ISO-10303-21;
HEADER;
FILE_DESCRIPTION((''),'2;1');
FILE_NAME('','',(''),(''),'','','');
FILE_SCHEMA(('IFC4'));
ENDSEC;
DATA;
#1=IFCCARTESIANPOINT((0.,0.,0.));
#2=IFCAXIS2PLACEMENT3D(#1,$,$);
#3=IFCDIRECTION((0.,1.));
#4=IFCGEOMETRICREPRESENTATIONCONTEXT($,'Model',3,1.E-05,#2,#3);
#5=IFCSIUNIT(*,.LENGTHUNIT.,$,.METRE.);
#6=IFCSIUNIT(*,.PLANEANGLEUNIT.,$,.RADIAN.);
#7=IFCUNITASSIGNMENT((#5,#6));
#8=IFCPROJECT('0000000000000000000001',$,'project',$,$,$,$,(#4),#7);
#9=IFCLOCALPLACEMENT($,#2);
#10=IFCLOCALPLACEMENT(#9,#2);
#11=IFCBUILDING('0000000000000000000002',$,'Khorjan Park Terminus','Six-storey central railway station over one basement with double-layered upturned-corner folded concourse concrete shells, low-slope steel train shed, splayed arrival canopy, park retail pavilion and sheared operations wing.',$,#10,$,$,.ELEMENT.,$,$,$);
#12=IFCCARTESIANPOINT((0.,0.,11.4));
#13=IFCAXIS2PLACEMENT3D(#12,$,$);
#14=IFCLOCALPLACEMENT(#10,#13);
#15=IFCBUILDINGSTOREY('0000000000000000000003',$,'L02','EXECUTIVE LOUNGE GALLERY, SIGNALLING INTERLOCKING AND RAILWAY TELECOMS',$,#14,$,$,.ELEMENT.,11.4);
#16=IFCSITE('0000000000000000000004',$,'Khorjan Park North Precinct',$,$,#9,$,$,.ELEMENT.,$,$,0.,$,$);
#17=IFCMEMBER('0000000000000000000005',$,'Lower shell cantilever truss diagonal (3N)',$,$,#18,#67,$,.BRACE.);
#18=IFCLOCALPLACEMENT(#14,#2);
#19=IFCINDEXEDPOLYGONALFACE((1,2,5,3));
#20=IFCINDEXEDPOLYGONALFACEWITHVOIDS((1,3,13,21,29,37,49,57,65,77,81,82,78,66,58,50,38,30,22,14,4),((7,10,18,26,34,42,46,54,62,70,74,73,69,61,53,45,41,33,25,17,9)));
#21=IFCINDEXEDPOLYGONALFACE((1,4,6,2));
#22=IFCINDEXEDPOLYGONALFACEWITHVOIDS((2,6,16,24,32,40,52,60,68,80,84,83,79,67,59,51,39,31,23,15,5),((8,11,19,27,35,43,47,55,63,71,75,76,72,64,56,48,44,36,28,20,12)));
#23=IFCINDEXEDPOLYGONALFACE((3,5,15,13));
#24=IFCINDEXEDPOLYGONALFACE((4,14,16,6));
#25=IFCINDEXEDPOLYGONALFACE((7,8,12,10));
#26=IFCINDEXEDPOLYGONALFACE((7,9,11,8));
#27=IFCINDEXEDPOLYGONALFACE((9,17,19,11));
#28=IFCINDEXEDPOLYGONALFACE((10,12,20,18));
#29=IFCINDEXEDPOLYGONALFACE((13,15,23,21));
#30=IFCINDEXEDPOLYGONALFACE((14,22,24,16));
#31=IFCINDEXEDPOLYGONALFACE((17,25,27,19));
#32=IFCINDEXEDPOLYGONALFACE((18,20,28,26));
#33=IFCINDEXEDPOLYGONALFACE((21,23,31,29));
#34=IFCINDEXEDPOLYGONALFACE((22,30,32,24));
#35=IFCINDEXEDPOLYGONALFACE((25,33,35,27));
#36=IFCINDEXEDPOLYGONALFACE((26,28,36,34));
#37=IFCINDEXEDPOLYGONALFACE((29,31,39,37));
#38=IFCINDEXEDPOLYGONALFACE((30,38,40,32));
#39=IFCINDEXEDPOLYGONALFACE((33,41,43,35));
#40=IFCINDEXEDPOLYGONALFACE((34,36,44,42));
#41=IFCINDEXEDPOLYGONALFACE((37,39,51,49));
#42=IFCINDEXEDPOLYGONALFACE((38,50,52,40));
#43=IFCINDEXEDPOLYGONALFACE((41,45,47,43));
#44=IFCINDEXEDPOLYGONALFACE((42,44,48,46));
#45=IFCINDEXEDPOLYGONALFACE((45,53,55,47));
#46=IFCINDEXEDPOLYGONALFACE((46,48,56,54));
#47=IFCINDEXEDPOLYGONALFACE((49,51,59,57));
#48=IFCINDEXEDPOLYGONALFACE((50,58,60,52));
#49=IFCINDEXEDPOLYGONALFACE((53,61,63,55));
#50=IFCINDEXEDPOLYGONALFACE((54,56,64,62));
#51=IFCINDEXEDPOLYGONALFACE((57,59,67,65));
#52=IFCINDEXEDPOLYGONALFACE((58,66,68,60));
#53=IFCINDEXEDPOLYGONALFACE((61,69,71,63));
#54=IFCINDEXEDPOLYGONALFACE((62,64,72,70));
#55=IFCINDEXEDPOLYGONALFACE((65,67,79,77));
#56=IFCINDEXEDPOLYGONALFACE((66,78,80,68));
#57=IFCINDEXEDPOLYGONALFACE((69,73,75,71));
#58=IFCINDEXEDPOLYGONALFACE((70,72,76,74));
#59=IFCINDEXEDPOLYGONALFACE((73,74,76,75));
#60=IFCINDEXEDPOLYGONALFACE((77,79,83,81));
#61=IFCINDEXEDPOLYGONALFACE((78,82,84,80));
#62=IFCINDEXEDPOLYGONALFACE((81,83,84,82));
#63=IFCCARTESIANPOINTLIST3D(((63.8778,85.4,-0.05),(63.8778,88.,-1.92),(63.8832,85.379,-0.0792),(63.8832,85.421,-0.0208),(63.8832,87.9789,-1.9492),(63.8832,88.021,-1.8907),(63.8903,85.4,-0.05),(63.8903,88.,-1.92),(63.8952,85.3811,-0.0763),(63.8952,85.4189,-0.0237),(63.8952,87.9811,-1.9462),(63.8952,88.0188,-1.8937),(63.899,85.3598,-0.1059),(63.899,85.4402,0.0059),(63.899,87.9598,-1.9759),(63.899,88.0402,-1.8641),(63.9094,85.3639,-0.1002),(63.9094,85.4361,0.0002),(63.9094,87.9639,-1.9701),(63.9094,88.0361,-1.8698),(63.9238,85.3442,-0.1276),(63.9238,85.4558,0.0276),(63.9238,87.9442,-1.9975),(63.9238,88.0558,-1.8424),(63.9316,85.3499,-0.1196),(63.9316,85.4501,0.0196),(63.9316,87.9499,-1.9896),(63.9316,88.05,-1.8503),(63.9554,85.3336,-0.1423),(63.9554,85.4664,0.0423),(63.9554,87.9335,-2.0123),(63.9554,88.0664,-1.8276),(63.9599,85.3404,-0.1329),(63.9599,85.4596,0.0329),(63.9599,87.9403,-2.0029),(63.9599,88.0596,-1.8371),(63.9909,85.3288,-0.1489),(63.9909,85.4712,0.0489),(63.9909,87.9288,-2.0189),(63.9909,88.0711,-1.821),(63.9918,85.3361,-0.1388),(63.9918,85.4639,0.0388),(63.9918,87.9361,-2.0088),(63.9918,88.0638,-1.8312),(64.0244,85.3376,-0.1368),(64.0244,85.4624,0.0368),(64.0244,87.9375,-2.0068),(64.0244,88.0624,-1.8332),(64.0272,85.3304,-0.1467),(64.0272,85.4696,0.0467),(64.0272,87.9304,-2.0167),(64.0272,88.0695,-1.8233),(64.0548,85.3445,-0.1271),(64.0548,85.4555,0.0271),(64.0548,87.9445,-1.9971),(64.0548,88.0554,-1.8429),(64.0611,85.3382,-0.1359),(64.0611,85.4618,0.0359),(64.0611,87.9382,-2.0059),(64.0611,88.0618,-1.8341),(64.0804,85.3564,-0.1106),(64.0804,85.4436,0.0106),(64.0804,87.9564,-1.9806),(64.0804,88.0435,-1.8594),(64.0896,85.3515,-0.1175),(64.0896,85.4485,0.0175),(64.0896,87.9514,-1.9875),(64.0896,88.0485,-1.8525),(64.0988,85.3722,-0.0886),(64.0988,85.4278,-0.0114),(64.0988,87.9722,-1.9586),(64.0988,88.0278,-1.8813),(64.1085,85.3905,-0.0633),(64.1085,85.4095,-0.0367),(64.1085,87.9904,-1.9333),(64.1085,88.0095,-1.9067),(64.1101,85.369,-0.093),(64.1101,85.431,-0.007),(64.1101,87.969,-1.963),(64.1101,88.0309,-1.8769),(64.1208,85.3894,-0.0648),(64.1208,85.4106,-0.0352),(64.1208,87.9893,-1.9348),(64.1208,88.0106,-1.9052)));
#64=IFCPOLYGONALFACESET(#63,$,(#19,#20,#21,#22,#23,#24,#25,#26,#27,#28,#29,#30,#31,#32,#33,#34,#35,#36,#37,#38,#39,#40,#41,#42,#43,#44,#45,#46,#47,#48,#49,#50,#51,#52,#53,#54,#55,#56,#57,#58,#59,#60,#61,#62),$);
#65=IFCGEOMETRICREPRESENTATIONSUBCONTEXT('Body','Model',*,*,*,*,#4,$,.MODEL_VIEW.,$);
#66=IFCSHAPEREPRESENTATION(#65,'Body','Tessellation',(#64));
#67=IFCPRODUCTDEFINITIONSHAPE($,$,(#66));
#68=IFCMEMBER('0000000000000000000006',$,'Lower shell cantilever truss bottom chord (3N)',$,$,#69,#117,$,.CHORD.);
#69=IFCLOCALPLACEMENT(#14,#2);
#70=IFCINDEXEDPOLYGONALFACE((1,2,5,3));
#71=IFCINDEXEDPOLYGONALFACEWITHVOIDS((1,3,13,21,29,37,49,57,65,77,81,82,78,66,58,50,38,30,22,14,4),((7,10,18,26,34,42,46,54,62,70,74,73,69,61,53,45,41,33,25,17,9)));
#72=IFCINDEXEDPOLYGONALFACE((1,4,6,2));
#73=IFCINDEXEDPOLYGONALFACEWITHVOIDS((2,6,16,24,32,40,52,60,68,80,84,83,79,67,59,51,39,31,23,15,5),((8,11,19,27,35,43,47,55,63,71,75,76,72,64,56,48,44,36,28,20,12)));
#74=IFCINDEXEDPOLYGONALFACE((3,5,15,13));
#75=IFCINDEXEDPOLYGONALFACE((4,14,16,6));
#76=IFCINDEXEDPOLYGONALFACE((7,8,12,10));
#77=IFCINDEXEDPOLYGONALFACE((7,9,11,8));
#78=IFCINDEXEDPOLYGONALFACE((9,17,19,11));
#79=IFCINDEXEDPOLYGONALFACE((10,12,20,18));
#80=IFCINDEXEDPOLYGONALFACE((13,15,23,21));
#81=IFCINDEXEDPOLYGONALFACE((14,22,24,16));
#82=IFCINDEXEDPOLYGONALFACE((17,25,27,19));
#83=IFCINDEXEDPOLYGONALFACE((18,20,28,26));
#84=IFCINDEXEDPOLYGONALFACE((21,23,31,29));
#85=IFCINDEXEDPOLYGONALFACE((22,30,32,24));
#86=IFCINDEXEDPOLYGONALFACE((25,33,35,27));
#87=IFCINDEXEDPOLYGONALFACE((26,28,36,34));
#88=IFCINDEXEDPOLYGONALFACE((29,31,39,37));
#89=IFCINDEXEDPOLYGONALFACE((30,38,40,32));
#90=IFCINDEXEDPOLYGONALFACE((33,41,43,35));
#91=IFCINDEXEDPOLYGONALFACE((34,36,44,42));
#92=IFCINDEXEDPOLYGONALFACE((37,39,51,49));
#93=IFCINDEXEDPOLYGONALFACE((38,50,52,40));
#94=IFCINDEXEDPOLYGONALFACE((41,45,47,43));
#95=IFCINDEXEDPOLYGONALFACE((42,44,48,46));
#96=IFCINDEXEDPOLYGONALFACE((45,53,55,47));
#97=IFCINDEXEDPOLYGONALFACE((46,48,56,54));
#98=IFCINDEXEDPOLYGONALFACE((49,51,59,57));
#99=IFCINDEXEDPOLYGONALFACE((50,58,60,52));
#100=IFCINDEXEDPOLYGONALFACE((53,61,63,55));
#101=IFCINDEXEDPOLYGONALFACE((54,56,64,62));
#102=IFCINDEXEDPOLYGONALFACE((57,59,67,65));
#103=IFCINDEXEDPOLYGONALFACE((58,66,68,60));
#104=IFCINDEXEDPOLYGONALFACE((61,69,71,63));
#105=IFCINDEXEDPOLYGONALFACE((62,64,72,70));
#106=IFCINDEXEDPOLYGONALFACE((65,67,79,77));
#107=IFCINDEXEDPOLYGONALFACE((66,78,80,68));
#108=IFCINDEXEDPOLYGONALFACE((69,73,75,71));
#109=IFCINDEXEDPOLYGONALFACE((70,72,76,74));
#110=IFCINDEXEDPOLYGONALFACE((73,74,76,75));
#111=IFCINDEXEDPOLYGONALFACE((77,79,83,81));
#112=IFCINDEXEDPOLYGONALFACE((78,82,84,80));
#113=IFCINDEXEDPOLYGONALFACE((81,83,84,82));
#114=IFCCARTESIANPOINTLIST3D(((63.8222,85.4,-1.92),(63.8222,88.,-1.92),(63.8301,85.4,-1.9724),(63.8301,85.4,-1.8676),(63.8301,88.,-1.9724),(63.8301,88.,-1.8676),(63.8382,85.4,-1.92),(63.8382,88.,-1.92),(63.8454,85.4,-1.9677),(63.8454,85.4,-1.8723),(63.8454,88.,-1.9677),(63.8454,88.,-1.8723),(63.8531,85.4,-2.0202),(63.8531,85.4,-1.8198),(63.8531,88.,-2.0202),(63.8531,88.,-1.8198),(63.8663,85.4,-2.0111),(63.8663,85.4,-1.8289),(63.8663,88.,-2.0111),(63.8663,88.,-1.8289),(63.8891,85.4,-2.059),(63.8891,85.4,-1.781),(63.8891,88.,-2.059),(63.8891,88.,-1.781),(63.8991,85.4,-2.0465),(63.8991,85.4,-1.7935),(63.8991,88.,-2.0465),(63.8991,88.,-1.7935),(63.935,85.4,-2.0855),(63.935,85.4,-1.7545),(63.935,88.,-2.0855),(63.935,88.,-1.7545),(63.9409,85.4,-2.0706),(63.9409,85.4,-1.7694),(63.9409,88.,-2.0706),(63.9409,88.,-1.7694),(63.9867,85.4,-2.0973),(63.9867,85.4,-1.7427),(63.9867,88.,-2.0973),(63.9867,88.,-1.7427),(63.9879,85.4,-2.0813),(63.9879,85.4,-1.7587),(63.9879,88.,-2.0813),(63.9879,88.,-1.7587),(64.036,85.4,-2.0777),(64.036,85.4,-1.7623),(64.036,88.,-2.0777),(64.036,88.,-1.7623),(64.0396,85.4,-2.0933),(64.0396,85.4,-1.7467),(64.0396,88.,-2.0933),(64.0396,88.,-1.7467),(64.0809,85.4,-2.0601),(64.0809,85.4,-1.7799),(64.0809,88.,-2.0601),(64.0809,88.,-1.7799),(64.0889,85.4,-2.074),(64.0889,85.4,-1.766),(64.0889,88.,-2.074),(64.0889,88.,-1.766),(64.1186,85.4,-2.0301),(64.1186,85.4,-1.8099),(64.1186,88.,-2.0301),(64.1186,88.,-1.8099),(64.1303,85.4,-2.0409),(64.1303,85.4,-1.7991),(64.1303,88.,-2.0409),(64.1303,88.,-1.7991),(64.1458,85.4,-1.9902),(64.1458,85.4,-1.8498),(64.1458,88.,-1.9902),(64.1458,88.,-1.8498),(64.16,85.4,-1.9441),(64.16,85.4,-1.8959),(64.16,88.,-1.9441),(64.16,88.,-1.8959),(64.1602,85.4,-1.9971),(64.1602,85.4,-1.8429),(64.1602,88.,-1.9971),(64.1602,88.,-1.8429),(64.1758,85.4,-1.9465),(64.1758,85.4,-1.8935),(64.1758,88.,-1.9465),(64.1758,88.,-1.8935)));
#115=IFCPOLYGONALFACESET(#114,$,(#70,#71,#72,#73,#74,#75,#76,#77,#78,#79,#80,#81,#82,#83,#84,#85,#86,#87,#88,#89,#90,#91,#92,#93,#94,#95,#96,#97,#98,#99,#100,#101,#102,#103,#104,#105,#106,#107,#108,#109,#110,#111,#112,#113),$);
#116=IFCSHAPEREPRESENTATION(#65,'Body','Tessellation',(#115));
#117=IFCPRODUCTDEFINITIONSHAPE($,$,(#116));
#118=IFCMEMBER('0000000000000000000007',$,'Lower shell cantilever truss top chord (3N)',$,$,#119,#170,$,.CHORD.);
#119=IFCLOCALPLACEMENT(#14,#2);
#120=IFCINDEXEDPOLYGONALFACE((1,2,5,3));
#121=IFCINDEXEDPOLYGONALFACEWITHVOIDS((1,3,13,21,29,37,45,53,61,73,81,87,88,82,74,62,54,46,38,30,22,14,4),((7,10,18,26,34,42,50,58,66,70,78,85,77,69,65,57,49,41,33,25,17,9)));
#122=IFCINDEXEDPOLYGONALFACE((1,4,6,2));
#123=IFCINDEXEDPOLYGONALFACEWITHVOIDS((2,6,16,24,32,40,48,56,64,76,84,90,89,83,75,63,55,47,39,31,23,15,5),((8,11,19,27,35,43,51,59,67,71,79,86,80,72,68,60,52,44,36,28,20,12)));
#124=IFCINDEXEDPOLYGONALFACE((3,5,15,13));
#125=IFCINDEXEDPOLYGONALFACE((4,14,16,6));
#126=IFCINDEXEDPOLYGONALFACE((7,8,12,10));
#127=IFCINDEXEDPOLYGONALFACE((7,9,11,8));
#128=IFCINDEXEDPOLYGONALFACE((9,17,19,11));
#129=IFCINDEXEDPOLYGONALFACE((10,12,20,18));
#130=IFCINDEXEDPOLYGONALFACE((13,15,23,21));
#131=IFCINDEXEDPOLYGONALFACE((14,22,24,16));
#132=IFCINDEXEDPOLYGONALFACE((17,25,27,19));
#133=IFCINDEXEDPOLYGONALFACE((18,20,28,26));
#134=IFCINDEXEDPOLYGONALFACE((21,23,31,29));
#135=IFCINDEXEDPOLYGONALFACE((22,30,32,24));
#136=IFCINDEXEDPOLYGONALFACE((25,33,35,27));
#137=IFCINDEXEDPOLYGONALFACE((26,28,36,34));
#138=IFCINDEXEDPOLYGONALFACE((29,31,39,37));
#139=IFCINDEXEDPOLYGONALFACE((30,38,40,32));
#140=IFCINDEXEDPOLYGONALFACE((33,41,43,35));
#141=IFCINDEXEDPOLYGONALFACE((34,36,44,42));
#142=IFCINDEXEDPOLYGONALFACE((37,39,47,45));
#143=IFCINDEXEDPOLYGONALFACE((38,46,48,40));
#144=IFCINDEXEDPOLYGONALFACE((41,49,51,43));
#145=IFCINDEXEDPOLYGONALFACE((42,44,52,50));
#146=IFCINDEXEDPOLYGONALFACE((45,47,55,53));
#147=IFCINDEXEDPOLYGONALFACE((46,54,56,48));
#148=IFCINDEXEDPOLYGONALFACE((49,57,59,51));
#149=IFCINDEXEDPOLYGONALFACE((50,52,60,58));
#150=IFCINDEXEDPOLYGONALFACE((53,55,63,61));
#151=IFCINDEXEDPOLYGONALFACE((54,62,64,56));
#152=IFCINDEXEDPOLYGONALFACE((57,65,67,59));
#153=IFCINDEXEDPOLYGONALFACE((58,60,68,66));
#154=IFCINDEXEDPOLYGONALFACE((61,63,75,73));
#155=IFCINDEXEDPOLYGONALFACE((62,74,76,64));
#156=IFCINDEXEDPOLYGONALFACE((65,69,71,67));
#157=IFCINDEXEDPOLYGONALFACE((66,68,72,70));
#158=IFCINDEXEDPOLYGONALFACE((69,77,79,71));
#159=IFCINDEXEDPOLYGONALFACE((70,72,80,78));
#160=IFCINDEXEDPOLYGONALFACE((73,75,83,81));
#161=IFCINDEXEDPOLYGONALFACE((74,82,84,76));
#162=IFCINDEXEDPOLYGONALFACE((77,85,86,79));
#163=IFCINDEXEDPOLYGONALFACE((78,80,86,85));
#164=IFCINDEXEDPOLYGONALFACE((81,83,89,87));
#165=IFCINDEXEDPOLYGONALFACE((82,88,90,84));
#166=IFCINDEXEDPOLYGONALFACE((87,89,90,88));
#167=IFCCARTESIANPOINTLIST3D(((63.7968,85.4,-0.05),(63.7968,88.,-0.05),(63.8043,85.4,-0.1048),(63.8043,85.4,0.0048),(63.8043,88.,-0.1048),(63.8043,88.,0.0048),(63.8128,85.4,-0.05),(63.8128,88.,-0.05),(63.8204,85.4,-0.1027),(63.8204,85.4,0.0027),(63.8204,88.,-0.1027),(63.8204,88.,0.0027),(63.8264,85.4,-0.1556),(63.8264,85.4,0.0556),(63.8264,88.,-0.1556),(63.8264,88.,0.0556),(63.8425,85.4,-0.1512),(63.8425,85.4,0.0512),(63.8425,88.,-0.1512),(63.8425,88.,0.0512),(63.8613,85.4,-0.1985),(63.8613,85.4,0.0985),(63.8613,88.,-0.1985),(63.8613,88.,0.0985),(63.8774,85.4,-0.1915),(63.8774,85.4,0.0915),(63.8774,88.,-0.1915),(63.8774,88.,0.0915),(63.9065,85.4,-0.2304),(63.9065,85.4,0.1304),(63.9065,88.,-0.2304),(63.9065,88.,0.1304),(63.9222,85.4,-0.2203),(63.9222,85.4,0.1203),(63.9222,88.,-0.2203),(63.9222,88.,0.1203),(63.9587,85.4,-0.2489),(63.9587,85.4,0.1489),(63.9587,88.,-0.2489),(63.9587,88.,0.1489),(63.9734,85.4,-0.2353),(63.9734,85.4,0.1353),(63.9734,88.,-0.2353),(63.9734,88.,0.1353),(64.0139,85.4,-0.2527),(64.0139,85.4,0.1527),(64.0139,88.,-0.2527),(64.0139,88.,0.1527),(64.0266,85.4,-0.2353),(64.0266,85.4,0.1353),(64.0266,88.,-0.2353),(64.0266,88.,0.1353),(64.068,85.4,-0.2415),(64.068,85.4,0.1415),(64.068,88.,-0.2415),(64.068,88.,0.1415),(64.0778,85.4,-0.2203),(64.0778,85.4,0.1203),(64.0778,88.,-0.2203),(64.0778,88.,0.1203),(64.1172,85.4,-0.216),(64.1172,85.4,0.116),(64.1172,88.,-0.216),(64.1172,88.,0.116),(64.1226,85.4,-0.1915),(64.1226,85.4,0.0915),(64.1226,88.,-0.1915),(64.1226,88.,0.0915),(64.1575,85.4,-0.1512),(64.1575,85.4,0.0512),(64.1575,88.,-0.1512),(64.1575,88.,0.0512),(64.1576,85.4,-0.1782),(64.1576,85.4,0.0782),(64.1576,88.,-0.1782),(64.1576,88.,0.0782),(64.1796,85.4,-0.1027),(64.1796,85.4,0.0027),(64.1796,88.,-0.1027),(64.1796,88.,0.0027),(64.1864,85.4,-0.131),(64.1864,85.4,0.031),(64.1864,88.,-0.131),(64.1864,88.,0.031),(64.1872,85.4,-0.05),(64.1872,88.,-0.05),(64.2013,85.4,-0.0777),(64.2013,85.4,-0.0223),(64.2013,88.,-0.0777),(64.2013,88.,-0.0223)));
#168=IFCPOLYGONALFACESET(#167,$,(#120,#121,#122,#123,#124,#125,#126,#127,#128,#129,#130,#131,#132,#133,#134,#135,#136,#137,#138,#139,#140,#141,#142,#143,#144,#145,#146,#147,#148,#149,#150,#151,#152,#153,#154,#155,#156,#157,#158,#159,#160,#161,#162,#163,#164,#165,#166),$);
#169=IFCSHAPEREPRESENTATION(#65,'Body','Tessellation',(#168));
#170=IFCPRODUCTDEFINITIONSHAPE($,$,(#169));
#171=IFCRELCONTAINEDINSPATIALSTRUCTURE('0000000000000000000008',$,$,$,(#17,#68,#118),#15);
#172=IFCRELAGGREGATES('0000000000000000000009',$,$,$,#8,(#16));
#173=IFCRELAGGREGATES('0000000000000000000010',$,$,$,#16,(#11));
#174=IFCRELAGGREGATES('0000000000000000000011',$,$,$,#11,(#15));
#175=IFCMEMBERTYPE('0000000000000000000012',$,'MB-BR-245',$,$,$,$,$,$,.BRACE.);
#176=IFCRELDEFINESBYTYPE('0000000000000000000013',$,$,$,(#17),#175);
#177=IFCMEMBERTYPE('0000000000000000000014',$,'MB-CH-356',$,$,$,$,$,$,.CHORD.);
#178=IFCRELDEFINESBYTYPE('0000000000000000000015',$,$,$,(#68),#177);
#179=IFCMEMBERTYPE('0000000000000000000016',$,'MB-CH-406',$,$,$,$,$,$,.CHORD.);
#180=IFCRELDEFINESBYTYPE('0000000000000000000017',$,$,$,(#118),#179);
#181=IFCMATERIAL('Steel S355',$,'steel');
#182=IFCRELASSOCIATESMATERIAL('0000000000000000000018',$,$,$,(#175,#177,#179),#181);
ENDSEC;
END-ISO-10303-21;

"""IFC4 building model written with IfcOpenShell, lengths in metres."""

from ifc_helpers import new_model, si_unit, direction, frame, origin, origin_2d, place, context, subcontext, project, spatial, hollow_circle, extrude, material, material_profile, profile_set, type_object, element, save


model = new_model("IFC4")

# Units and contexts
model_context = context("Model", 3, precision=1e-05, world=origin(), true_north=direction((0.0, 1.0)))
body_context = subcontext(model_context, "Body", "Model", "MODEL_VIEW")
ifc_project = project(units=[si_unit("LENGTHUNIT", "METRE"), si_unit("PLANEANGLEUNIT", "RADIAN")], contexts=[model_context])

# Site, building, storey
site_placement = place(None, origin())
site = spatial("IfcSite", under=ifc_project, at=site_placement, Name="Khorjan Park North Precinct", CompositionType="ELEMENT", RefElevation=0.0)
building_placement = place(site_placement, origin())
building = spatial("IfcBuilding", under=site, at=building_placement, Name="Khorjan Park Terminus", Description="Six-storey central railway station over one basement with double-layered upturned-corner folded concourse concrete shells, low-slope steel train shed, splayed arrival canopy, park retail pavilion and sheared operations wing.", CompositionType="ELEMENT")
storey_placement = place(building_placement, frame((0.0, 0.0, 11.4)))
storey = spatial("IfcBuildingStorey", under=building, at=storey_placement, Name="L02", Description="EXECUTIVE LOUNGE GALLERY, SIGNALLING INTERLOCKING AND RAILWAY TELECOMS", CompositionType="ELEMENT", Elevation=11.4)

# Members
ifc_material_1 = material(Name="Steel S355", Category="steel")
ifc_material_profile_1 = material_profile(ifc_material_1, hollow_circle(Radius=0.1222, WallThickness=0.0125, at=origin_2d()), Name="CHS 244.5x12.5")
ifc_profile_set_1 = profile_set([ifc_material_profile_1], Name="Steel S355")
member_type_1 = type_object("IfcMemberType", Name="MB-BR-245", PredefinedType="BRACE", material=ifc_profile_set_1)
member_1_placement = place(storey_placement, frame((64.0, 85.4, -0.05), z_axis=(0.0, 0.81183, -0.583893), x_axis=(-1.0, 0.0, 0.0)))
element("IfcMember", 1, at=member_1_placement, inside=storey, type_object=member_type_1, Name="Lower shell cantilever truss diagonal (3N)", PredefinedType="BRACE", context=body_context, shape_type="SweptSolid", body=[
    extrude(hollow_circle(Radius=0.1222, WallThickness=0.0125, at=origin_2d()), origin(), (0.0, 0.0, 1.0), 3.2026),
])
ifc_material_profile_2 = material_profile(ifc_material_1, hollow_circle(Radius=0.1778, WallThickness=0.016, at=origin_2d()), Name="CHS 355.6x16")
ifc_profile_set_2 = profile_set([ifc_material_profile_2], Name="Steel S355")
member_type_2 = type_object("IfcMemberType", Name="MB-CH-356", PredefinedType="CHORD", material=ifc_profile_set_2)
member_2_placement = place(storey_placement, frame((64.0, 85.4, -1.92), z_axis=(0.0, 1.0, 0.0), x_axis=(-1.0, 0.0, 0.0)))
element("IfcMember", 2, at=member_2_placement, inside=storey, type_object=member_type_2, Name="Lower shell cantilever truss bottom chord (3N)", PredefinedType="CHORD", context=body_context, shape_type="SweptSolid", body=[
    extrude(hollow_circle(Radius=0.1778, WallThickness=0.016, at=origin_2d()), origin(), (0.0, 0.0, 1.0), 2.6),
])
ifc_material_profile_3 = material_profile(ifc_material_1, hollow_circle(Radius=0.2032, WallThickness=0.016, at=origin_2d()), Name="CHS 406.4x16")
ifc_profile_set_3 = profile_set([ifc_material_profile_3], Name="Steel S355")
member_type_3 = type_object("IfcMemberType", Name="MB-CH-406", PredefinedType="CHORD", material=ifc_profile_set_3)
member_3_placement = place(storey_placement, frame((64.0, 85.4, -0.05), z_axis=(0.0, 1.0, 0.0), x_axis=(-1.0, 0.0, 0.0)))
element("IfcMember", 3, at=member_3_placement, inside=storey, type_object=member_type_3, Name="Lower shell cantilever truss top chord (3N)", PredefinedType="CHORD", context=body_context, shape_type="SweptSolid", body=[
    extrude(hollow_circle(Radius=0.2032, WallThickness=0.016, at=origin_2d()), origin(), (0.0, 0.0, 1.0), 2.6),
])

save(model, "model.ifc")
